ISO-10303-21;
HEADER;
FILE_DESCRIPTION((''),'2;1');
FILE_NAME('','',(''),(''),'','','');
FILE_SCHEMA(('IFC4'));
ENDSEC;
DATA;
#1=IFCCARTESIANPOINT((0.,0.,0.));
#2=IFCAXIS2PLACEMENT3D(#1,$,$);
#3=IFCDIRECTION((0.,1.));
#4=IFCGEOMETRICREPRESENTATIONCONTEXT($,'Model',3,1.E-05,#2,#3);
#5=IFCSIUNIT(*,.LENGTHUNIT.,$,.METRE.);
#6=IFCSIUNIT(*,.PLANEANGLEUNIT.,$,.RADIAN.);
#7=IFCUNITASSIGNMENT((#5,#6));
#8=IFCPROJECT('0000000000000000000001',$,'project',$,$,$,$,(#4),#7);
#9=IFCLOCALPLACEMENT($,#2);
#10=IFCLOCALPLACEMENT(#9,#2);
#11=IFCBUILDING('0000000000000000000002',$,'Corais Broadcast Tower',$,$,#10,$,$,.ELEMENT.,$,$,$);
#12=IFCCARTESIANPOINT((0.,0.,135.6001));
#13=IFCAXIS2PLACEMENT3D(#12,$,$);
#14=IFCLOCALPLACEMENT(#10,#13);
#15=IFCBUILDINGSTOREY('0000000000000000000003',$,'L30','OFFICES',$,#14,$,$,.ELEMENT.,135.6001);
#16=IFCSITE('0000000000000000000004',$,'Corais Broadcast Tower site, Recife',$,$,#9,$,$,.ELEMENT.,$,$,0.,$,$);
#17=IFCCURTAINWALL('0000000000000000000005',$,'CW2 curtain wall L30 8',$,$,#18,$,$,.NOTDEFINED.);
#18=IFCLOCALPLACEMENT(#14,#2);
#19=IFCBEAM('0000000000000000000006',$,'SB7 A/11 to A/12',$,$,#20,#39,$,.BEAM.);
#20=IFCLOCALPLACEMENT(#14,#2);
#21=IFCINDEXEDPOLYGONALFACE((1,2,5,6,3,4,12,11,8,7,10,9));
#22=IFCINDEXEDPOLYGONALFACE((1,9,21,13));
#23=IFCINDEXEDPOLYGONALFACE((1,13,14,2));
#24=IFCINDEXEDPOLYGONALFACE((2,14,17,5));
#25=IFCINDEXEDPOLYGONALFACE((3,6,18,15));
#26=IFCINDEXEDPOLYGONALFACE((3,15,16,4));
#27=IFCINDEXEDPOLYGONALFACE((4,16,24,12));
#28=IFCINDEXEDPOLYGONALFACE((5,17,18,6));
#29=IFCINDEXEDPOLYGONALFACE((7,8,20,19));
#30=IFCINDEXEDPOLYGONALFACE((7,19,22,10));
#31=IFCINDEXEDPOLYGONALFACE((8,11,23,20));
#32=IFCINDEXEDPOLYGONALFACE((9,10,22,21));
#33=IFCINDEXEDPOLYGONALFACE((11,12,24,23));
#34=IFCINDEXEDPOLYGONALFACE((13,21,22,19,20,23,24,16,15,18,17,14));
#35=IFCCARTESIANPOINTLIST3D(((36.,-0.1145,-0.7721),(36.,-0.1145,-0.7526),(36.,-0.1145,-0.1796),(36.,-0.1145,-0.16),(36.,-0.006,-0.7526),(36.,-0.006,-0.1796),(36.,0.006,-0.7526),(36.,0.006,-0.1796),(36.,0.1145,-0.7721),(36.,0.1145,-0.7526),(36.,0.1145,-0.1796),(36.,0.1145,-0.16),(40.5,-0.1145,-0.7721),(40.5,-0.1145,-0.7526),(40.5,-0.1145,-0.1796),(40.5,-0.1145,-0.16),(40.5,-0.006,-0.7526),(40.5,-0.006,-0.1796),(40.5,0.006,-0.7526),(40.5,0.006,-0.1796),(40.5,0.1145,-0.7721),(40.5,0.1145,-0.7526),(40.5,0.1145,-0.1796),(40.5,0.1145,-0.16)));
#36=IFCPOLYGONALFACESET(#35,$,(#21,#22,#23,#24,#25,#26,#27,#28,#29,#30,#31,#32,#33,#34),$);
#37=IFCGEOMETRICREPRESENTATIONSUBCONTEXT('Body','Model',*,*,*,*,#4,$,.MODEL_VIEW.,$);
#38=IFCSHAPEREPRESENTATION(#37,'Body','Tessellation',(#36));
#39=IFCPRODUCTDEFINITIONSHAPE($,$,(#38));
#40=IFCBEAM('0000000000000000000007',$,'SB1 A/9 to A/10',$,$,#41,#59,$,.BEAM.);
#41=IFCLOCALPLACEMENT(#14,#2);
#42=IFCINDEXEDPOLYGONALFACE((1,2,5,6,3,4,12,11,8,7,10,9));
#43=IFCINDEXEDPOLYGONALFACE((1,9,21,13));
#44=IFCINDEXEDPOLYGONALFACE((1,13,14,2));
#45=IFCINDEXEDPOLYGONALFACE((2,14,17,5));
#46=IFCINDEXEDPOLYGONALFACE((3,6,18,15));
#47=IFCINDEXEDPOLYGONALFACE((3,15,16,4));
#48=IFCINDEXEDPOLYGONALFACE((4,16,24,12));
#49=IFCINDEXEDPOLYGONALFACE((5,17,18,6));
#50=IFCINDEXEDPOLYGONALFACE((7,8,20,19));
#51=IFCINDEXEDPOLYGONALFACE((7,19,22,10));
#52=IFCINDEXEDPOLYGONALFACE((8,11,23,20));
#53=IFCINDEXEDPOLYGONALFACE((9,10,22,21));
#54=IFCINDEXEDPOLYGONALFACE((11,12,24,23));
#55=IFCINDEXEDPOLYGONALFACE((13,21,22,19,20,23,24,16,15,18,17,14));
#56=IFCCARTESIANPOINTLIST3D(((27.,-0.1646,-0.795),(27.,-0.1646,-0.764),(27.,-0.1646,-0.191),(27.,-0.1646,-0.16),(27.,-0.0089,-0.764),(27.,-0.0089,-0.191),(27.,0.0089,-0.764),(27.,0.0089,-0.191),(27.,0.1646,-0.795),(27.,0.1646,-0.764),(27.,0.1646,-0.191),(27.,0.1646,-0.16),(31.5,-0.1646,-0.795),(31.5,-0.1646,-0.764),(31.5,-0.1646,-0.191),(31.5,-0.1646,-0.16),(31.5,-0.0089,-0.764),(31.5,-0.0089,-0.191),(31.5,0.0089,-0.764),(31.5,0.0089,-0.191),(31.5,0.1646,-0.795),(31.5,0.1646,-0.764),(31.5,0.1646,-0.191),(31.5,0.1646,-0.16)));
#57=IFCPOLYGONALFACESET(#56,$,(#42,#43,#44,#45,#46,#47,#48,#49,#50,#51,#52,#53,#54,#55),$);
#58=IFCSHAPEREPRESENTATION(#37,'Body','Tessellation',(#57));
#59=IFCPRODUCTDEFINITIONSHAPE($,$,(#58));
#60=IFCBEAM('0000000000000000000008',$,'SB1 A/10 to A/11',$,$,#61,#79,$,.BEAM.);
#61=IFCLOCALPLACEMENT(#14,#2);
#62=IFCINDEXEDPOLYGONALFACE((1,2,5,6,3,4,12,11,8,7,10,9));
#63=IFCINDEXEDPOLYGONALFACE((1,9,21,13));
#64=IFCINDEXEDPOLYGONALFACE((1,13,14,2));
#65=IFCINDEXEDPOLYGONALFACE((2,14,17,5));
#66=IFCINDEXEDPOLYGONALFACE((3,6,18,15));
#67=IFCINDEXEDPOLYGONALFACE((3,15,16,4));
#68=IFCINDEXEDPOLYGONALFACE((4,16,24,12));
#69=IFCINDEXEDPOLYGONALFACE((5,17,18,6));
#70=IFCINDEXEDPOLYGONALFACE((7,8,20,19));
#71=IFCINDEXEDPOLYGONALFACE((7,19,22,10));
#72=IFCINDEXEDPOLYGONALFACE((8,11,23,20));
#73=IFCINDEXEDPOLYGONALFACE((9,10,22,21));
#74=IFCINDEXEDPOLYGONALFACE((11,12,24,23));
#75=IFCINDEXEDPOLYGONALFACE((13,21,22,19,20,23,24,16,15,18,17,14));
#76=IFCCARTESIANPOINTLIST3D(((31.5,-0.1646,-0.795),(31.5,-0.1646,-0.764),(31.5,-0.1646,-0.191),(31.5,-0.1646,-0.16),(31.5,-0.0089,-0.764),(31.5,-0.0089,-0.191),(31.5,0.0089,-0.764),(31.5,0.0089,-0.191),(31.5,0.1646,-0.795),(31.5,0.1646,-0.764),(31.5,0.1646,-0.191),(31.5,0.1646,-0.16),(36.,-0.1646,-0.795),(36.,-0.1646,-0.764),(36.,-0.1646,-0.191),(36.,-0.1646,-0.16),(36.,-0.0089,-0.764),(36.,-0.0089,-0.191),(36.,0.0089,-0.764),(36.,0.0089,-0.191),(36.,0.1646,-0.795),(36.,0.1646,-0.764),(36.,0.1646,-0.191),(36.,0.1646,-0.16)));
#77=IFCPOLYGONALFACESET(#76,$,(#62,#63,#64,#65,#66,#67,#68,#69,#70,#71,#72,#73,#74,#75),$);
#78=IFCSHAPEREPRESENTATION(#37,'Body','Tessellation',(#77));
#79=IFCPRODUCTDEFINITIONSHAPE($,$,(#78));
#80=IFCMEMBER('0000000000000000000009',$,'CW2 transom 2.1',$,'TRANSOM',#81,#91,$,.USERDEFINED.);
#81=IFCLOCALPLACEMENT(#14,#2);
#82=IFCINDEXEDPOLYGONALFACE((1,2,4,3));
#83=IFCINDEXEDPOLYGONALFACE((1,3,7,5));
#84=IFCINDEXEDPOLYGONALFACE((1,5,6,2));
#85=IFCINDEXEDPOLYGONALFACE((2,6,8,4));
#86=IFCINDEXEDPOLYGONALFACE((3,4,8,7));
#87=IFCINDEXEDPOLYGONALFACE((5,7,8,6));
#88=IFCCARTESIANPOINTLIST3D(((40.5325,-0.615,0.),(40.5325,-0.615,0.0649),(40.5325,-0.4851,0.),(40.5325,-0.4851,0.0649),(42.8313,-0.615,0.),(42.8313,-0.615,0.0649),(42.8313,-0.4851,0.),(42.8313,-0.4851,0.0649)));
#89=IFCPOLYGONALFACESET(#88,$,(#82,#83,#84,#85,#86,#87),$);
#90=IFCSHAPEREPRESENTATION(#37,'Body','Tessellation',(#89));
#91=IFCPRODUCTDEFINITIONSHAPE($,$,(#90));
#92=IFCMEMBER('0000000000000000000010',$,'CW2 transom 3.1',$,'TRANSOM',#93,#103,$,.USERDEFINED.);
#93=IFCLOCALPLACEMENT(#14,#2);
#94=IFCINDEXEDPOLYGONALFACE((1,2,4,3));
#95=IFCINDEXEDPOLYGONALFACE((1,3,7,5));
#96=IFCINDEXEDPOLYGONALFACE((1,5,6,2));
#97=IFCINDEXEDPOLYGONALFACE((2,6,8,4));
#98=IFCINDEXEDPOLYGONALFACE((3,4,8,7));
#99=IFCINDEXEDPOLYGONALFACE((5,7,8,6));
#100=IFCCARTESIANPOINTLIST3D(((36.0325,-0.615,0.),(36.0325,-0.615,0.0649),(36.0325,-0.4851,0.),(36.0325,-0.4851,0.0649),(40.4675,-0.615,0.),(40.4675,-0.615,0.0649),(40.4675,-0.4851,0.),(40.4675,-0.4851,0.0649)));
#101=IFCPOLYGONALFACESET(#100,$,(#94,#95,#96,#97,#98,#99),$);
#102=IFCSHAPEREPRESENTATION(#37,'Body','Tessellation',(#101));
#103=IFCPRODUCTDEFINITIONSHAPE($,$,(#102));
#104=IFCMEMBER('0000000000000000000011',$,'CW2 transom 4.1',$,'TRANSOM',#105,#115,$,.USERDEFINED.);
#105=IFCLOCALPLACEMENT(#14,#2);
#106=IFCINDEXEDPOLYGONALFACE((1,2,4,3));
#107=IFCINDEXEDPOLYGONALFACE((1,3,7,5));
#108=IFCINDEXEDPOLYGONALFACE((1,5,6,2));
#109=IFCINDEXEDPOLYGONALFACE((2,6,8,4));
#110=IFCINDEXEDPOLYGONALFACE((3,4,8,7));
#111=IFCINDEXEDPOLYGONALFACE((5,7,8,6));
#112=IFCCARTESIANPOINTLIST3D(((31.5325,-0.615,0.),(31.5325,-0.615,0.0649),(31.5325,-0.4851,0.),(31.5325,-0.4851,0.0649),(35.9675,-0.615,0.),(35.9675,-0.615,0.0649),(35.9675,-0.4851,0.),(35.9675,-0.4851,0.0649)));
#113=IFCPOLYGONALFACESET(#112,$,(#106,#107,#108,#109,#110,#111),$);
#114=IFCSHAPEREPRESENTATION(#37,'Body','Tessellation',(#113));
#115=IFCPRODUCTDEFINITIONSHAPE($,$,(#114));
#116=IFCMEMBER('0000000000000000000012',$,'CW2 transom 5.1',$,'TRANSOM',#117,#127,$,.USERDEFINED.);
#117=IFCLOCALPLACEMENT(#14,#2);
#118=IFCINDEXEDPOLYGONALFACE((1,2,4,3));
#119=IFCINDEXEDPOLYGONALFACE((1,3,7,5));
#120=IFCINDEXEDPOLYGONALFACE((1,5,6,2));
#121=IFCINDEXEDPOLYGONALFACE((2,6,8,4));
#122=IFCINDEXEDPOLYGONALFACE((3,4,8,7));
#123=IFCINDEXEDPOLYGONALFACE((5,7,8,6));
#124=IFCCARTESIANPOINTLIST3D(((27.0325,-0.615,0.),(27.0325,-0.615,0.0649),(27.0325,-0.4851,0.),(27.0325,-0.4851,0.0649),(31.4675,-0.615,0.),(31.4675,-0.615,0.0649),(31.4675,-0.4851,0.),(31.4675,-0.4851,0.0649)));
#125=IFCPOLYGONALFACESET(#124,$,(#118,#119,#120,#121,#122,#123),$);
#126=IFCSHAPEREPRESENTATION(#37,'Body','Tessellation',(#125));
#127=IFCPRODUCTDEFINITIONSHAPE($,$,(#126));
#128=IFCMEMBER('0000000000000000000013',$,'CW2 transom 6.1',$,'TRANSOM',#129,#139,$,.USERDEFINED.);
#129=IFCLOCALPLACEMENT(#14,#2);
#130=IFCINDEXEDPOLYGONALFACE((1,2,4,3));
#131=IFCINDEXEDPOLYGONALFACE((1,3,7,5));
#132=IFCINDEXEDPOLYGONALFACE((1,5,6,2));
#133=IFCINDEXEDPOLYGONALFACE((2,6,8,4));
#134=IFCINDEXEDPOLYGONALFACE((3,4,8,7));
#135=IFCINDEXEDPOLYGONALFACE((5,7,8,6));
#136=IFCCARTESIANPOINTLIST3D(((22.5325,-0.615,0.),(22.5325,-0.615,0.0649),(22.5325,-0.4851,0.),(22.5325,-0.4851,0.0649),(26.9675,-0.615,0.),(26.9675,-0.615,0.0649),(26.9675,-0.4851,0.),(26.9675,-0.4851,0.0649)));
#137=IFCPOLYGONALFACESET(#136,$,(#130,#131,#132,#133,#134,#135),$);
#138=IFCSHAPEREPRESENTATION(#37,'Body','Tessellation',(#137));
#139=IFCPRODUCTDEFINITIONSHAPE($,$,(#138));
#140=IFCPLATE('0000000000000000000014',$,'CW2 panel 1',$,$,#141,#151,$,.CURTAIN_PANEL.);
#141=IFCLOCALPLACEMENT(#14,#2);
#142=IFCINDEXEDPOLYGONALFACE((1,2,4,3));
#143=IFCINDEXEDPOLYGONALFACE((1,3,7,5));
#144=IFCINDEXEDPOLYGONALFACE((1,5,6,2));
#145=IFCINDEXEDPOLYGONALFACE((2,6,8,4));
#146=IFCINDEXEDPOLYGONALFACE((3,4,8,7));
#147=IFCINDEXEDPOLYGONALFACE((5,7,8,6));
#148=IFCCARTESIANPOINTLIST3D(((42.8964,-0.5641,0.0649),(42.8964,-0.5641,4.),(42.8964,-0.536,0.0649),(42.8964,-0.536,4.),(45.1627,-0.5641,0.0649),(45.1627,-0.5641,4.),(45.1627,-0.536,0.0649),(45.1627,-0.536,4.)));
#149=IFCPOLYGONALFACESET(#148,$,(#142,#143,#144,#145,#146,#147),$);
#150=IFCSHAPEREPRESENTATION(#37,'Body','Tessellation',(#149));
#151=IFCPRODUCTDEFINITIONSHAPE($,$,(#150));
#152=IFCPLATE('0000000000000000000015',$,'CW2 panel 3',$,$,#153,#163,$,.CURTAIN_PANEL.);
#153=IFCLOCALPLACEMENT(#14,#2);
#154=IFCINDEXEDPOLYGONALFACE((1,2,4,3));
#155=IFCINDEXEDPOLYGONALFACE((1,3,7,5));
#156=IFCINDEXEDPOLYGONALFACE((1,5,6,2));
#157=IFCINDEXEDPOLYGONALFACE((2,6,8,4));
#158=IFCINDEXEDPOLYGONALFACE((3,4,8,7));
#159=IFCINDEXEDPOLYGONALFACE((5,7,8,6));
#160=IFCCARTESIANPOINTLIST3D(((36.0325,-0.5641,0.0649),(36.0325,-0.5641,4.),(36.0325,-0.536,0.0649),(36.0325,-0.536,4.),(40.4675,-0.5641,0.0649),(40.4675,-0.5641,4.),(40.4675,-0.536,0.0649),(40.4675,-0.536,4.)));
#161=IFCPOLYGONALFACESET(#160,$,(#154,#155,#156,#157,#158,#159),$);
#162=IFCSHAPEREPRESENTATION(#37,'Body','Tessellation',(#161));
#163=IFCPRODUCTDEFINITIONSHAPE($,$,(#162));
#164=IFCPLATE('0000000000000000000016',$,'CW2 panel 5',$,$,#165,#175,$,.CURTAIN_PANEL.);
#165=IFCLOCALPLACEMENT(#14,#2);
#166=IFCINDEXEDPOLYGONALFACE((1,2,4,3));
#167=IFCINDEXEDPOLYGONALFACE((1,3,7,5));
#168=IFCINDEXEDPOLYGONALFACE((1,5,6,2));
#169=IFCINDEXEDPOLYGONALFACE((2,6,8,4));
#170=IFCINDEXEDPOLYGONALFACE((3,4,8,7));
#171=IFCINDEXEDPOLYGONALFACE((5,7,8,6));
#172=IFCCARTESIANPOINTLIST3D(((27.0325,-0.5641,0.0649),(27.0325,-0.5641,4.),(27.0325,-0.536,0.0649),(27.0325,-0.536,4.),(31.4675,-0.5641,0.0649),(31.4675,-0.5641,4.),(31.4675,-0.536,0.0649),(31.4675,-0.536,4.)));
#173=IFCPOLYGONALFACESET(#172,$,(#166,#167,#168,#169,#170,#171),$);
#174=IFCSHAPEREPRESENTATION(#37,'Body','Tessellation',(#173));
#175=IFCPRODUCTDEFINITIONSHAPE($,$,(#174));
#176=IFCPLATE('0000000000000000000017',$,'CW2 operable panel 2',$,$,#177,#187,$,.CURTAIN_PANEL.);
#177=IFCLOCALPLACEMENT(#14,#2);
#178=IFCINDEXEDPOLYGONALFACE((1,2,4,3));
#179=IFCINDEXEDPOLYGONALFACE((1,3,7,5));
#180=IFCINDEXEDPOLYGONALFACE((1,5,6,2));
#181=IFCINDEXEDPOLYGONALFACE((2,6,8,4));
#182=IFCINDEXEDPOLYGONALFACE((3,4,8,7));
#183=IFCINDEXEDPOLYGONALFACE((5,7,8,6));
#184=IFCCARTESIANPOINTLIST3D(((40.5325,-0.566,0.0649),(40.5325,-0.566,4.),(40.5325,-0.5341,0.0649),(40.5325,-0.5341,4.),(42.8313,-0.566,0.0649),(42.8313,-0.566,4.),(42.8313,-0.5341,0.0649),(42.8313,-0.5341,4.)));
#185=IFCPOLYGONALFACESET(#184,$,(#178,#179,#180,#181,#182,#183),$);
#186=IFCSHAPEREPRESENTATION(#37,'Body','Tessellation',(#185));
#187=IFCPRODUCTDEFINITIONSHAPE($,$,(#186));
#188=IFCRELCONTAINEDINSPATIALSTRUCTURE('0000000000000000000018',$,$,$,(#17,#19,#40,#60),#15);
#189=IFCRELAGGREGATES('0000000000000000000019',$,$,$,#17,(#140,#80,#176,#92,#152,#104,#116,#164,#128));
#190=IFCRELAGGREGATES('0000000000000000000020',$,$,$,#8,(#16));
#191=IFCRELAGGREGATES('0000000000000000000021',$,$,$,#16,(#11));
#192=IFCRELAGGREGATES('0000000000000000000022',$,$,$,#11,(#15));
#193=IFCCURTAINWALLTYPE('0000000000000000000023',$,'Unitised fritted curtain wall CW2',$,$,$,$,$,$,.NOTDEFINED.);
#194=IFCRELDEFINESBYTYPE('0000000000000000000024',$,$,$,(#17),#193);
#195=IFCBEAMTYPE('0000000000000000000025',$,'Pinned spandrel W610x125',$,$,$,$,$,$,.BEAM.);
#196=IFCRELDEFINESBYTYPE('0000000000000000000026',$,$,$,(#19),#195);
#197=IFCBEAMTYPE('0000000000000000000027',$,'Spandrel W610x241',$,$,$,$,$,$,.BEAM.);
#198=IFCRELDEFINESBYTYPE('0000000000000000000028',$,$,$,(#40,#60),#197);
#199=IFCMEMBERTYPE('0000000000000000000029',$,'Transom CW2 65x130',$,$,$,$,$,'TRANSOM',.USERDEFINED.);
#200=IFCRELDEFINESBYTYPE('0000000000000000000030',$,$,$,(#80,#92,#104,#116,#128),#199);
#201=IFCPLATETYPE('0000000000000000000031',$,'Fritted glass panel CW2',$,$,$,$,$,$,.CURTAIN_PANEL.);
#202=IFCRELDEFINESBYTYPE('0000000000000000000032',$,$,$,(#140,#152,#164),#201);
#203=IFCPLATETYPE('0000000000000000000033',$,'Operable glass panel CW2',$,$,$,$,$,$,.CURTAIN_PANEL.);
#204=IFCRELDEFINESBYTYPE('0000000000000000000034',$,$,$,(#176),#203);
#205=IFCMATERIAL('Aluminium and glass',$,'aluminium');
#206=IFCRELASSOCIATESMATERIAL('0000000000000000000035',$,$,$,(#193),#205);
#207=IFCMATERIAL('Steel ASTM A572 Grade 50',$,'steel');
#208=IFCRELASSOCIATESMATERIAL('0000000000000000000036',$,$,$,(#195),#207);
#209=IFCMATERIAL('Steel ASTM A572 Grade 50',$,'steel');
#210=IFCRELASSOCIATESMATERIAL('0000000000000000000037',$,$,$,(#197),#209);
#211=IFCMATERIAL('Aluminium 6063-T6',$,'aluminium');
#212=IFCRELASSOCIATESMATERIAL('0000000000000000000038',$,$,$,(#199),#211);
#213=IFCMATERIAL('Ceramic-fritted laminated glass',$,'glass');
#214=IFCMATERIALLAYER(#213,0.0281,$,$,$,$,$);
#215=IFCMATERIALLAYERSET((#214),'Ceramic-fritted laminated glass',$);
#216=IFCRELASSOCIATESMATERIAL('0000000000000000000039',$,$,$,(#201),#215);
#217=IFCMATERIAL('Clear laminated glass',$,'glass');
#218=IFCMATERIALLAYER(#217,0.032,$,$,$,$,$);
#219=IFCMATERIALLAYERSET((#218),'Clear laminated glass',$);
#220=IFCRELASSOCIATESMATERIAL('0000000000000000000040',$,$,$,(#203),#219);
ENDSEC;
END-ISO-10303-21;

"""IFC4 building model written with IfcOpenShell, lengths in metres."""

from ifc_helpers import new_model, si_unit, direction, frame, origin, origin_2d, place, context, subcontext, project, spatial, rectangle, i_section, extrude, material, layer, layer_set, material_profile, profile_set, type_object, element, aggregate, save


model = new_model("IFC4")

# Units and contexts
model_context = context("Model", 3, precision=1e-05, world=origin(), true_north=direction((0.0, 1.0)))
body_context = subcontext(model_context, "Body", "Model", "MODEL_VIEW")
ifc_project = project(units=[si_unit("LENGTHUNIT", "METRE"), si_unit("PLANEANGLEUNIT", "RADIAN")], contexts=[model_context])

# Site, building, storey
site_placement = place(None, origin())
site = spatial("IfcSite", under=ifc_project, at=site_placement, Name="Corais Broadcast Tower site, Recife", CompositionType="ELEMENT", RefElevation=0.0)
building_placement = place(site_placement, origin())
building = spatial("IfcBuilding", under=site, at=building_placement, Name="Corais Broadcast Tower", CompositionType="ELEMENT")
storey_placement = place(building_placement, frame((0.0, 0.0, 135.6001)))
storey = spatial("IfcBuildingStorey", under=building, at=storey_placement, Name="L30", Description="OFFICES", CompositionType="ELEMENT", Elevation=135.6001)

# Curtain wall
ifc_material_1 = material(Name="Aluminium and glass", Category="aluminium")
curtain_wall_type = type_object("IfcCurtainWallType", Name="Unitised fritted curtain wall CW2", PredefinedType="NOTDEFINED", material=ifc_material_1)
curtain_wall_placement = place(storey_placement, origin())
curtain_wall = element("IfcCurtainWall", 1, at=curtain_wall_placement, inside=storey, type_object=curtain_wall_type, Name="CW2 curtain wall L30 8", PredefinedType="NOTDEFINED")

# Beams
ifc_material_2 = material(Name="Steel ASTM A572 Grade 50", Category="steel")
ifc_material_profile_1 = material_profile(ifc_material_2, i_section(OverallWidth=0.229, OverallDepth=0.6121, WebThickness=0.012, FlangeThickness=0.0195, at=origin_2d()), Name="W610x125")
ifc_profile_set_1 = profile_set([ifc_material_profile_1], Name="Steel ASTM A572 Grade 50")
beam_type_1 = type_object("IfcBeamType", Name="Pinned spandrel W610x125", PredefinedType="BEAM", material=ifc_profile_set_1)
beam_placement = place(storey_placement, frame((36.0, 0.0, -0.4661), z_axis=(1.0, 0.0, 0.0), x_axis=(0.0, 1.0, 0.0)))
element("IfcBeam", 2, at=beam_placement, inside=storey, type_object=beam_type_1, Name="SB7 A/11 to A/12", PredefinedType="BEAM", context=body_context, shape_type="SweptSolid", body=[
    extrude(i_section(OverallWidth=0.229, OverallDepth=0.6121, WebThickness=0.012, FlangeThickness=0.0195, at=origin_2d()), origin(), (0.0, 0.0, 1.0), 4.5),
])
ifc_material_3 = material(Name="Steel ASTM A572 Grade 50", Category="steel")
ifc_material_profile_2 = material_profile(ifc_material_3, i_section(OverallWidth=0.3291, OverallDepth=0.635, WebThickness=0.0178, FlangeThickness=0.031, at=origin_2d()), Name="W610x241")
ifc_profile_set_2 = profile_set([ifc_material_profile_2], Name="Steel ASTM A572 Grade 50")
beam_type_2 = type_object("IfcBeamType", Name="Spandrel W610x241", PredefinedType="BEAM", material=ifc_profile_set_2)
for number, where, z_axis, x_axis, name in (
    (3, (27.0, 0.0, -0.4775), (1.0, 0.0, 0.0), (0.0, 1.0, 0.0), "SB1 A/9 to A/10"),
    (4, (31.5, 0.0, -0.4775), (1.0, 0.0, 0.0), (0.0, 1.0, 0.0), "SB1 A/10 to A/11"),
):
    element("IfcBeam", number, at=place(storey_placement, frame(where, z_axis=z_axis, x_axis=x_axis)), inside=storey, type_object=beam_type_2, Name=name, PredefinedType="BEAM", context=body_context, shape_type="SweptSolid", body=[
        extrude(i_section(OverallWidth=0.3291, OverallDepth=0.635, WebThickness=0.0178, FlangeThickness=0.031, at=origin_2d()), origin(), (0.0, 0.0, 1.0), 4.5),
    ])

# Members
ifc_material_4 = material(Name="Aluminium 6063-T6", Category="aluminium")
ifc_material_profile_3 = material_profile(ifc_material_4, rectangle(XDim=0.1299, YDim=0.0649, at=origin_2d()), Name="Transom CW2 65x130")
ifc_profile_set_3 = profile_set([ifc_material_profile_3], Name="Aluminium 6063-T6")
member_type_1 = type_object("IfcMemberType", Name="Transom CW2 65x130", ElementType="TRANSOM", PredefinedType="USERDEFINED", material=ifc_profile_set_3)
member_1_placement = place(storey_placement, frame((42.8313, -0.55, 0.0325), z_axis=(-1.0, 0.0, 0.0), x_axis=(0.0, -1.0, 0.0)))
member_1 = element("IfcMember", 5, at=member_1_placement, type_object=member_type_1, Name="CW2 transom 2.1", ObjectType="TRANSOM", PredefinedType="USERDEFINED", context=body_context, shape_type="SweptSolid", body=[
    extrude(rectangle(XDim=0.1299, YDim=0.0649, at=origin_2d()), origin(), (0.0, 0.0, 1.0), 2.2988),
])
member_2_placement = place(storey_placement, frame((40.4675, -0.55, 0.0325), z_axis=(-1.0, 0.0, 0.0), x_axis=(0.0, -1.0, 0.0)))
member_2 = element("IfcMember", 6, at=member_2_placement, type_object=member_type_1, Name="CW2 transom 3.1", ObjectType="TRANSOM", PredefinedType="USERDEFINED", context=body_context, shape_type="SweptSolid", body=[
    extrude(rectangle(XDim=0.1299, YDim=0.0649, at=origin_2d()), origin(), (0.0, 0.0, 1.0), 4.4351),
])
member_3_placement = place(storey_placement, frame((35.9675, -0.55, 0.0325), z_axis=(-1.0, 0.0, 0.0), x_axis=(0.0, -1.0, 0.0)))
member_3 = element("IfcMember", 7, at=member_3_placement, type_object=member_type_1, Name="CW2 transom 4.1", ObjectType="TRANSOM", PredefinedType="USERDEFINED", context=body_context, shape_type="SweptSolid", body=[
    extrude(rectangle(XDim=0.1299, YDim=0.0649, at=origin_2d()), origin(), (0.0, 0.0, 1.0), 4.4351),
])
member_4_placement = place(storey_placement, frame((31.4675, -0.55, 0.0325), z_axis=(-1.0, 0.0, 0.0), x_axis=(0.0, -1.0, 0.0)))
member_4 = element("IfcMember", 8, at=member_4_placement, type_object=member_type_1, Name="CW2 transom 5.1", ObjectType="TRANSOM", PredefinedType="USERDEFINED", context=body_context, shape_type="SweptSolid", body=[
    extrude(rectangle(XDim=0.1299, YDim=0.0649, at=origin_2d()), origin(), (0.0, 0.0, 1.0), 4.4351),
])
member_5_placement = place(storey_placement, frame((26.9675, -0.55, 0.0325), z_axis=(-1.0, 0.0, 0.0), x_axis=(0.0, -1.0, 0.0)))
member_5 = element("IfcMember", 9, at=member_5_placement, type_object=member_type_1, Name="CW2 transom 6.1", ObjectType="TRANSOM", PredefinedType="USERDEFINED", context=body_context, shape_type="SweptSolid", body=[
    extrude(rectangle(XDim=0.1299, YDim=0.0649, at=origin_2d()), origin(), (0.0, 0.0, 1.0), 4.4351),
])

# Plates
ifc_material_5 = material(Name="Ceramic-fritted laminated glass", Category="glass")
ifc_layer_1 = layer(ifc_material_5, 0.0281)
ifc_layer_set_1 = layer_set([ifc_layer_1], Name="Ceramic-fritted laminated glass")
plate_type_1 = type_object("IfcPlateType", Name="Fritted glass panel CW2", PredefinedType="CURTAIN_PANEL", material=ifc_layer_set_1)
plate_1_placement = place(storey_placement, frame((44.0295, -0.55, 0.0649), z_axis=(0.0, 0.0, 1.0), x_axis=(-1.0, 0.0, 0.0)))
plate_1 = element("IfcPlate", 10, at=plate_1_placement, type_object=plate_type_1, Name="CW2 panel 1", PredefinedType="CURTAIN_PANEL", context=body_context, shape_type="SweptSolid", body=[
    extrude(rectangle(XDim=2.2664, YDim=0.0281, at=origin_2d()), origin(), (0.0, 0.0, 1.0), 3.9351),
])
plate_2_placement = place(storey_placement, frame((38.25, -0.55, 0.0649), z_axis=(0.0, 0.0, 1.0), x_axis=(-1.0, 0.0, 0.0)))
plate_2 = element("IfcPlate", 11, at=plate_2_placement, type_object=plate_type_1, Name="CW2 panel 3", PredefinedType="CURTAIN_PANEL", context=body_context, shape_type="SweptSolid", body=[
    extrude(rectangle(XDim=4.4351, YDim=0.0281, at=origin_2d()), origin(), (0.0, 0.0, 1.0), 3.9351),
])
plate_3_placement = place(storey_placement, frame((29.25, -0.55, 0.0649), z_axis=(0.0, 0.0, 1.0), x_axis=(-1.0, 0.0, 0.0)))
plate_3 = element("IfcPlate", 12, at=plate_3_placement, type_object=plate_type_1, Name="CW2 panel 5", PredefinedType="CURTAIN_PANEL", context=body_context, shape_type="SweptSolid", body=[
    extrude(rectangle(XDim=4.4351, YDim=0.0281, at=origin_2d()), origin(), (0.0, 0.0, 1.0), 3.9351),
])
ifc_material_6 = material(Name="Clear laminated glass", Category="glass")
ifc_layer_2 = layer(ifc_material_6, 0.032)
ifc_layer_set_2 = layer_set([ifc_layer_2], Name="Clear laminated glass")
plate_type_2 = type_object("IfcPlateType", Name="Operable glass panel CW2", PredefinedType="CURTAIN_PANEL", material=ifc_layer_set_2)
plate_4_placement = place(storey_placement, frame((41.6819, -0.55, 0.0649), z_axis=(0.0, 0.0, 1.0), x_axis=(-1.0, 0.0, 0.0)))
plate_4 = element("IfcPlate", 13, at=plate_4_placement, type_object=plate_type_2, Name="CW2 operable panel 2", PredefinedType="CURTAIN_PANEL", context=body_context, shape_type="SweptSolid", body=[
    extrude(rectangle(XDim=2.2988, YDim=0.032, at=origin_2d()), origin(), (0.0, 0.0, 1.0), 3.9351),
])
aggregate(curtain_wall, [plate_1, member_1, plate_4, member_2, plate_2, member_3, member_4, plate_3, member_5])

save(model, "model.ifc")
